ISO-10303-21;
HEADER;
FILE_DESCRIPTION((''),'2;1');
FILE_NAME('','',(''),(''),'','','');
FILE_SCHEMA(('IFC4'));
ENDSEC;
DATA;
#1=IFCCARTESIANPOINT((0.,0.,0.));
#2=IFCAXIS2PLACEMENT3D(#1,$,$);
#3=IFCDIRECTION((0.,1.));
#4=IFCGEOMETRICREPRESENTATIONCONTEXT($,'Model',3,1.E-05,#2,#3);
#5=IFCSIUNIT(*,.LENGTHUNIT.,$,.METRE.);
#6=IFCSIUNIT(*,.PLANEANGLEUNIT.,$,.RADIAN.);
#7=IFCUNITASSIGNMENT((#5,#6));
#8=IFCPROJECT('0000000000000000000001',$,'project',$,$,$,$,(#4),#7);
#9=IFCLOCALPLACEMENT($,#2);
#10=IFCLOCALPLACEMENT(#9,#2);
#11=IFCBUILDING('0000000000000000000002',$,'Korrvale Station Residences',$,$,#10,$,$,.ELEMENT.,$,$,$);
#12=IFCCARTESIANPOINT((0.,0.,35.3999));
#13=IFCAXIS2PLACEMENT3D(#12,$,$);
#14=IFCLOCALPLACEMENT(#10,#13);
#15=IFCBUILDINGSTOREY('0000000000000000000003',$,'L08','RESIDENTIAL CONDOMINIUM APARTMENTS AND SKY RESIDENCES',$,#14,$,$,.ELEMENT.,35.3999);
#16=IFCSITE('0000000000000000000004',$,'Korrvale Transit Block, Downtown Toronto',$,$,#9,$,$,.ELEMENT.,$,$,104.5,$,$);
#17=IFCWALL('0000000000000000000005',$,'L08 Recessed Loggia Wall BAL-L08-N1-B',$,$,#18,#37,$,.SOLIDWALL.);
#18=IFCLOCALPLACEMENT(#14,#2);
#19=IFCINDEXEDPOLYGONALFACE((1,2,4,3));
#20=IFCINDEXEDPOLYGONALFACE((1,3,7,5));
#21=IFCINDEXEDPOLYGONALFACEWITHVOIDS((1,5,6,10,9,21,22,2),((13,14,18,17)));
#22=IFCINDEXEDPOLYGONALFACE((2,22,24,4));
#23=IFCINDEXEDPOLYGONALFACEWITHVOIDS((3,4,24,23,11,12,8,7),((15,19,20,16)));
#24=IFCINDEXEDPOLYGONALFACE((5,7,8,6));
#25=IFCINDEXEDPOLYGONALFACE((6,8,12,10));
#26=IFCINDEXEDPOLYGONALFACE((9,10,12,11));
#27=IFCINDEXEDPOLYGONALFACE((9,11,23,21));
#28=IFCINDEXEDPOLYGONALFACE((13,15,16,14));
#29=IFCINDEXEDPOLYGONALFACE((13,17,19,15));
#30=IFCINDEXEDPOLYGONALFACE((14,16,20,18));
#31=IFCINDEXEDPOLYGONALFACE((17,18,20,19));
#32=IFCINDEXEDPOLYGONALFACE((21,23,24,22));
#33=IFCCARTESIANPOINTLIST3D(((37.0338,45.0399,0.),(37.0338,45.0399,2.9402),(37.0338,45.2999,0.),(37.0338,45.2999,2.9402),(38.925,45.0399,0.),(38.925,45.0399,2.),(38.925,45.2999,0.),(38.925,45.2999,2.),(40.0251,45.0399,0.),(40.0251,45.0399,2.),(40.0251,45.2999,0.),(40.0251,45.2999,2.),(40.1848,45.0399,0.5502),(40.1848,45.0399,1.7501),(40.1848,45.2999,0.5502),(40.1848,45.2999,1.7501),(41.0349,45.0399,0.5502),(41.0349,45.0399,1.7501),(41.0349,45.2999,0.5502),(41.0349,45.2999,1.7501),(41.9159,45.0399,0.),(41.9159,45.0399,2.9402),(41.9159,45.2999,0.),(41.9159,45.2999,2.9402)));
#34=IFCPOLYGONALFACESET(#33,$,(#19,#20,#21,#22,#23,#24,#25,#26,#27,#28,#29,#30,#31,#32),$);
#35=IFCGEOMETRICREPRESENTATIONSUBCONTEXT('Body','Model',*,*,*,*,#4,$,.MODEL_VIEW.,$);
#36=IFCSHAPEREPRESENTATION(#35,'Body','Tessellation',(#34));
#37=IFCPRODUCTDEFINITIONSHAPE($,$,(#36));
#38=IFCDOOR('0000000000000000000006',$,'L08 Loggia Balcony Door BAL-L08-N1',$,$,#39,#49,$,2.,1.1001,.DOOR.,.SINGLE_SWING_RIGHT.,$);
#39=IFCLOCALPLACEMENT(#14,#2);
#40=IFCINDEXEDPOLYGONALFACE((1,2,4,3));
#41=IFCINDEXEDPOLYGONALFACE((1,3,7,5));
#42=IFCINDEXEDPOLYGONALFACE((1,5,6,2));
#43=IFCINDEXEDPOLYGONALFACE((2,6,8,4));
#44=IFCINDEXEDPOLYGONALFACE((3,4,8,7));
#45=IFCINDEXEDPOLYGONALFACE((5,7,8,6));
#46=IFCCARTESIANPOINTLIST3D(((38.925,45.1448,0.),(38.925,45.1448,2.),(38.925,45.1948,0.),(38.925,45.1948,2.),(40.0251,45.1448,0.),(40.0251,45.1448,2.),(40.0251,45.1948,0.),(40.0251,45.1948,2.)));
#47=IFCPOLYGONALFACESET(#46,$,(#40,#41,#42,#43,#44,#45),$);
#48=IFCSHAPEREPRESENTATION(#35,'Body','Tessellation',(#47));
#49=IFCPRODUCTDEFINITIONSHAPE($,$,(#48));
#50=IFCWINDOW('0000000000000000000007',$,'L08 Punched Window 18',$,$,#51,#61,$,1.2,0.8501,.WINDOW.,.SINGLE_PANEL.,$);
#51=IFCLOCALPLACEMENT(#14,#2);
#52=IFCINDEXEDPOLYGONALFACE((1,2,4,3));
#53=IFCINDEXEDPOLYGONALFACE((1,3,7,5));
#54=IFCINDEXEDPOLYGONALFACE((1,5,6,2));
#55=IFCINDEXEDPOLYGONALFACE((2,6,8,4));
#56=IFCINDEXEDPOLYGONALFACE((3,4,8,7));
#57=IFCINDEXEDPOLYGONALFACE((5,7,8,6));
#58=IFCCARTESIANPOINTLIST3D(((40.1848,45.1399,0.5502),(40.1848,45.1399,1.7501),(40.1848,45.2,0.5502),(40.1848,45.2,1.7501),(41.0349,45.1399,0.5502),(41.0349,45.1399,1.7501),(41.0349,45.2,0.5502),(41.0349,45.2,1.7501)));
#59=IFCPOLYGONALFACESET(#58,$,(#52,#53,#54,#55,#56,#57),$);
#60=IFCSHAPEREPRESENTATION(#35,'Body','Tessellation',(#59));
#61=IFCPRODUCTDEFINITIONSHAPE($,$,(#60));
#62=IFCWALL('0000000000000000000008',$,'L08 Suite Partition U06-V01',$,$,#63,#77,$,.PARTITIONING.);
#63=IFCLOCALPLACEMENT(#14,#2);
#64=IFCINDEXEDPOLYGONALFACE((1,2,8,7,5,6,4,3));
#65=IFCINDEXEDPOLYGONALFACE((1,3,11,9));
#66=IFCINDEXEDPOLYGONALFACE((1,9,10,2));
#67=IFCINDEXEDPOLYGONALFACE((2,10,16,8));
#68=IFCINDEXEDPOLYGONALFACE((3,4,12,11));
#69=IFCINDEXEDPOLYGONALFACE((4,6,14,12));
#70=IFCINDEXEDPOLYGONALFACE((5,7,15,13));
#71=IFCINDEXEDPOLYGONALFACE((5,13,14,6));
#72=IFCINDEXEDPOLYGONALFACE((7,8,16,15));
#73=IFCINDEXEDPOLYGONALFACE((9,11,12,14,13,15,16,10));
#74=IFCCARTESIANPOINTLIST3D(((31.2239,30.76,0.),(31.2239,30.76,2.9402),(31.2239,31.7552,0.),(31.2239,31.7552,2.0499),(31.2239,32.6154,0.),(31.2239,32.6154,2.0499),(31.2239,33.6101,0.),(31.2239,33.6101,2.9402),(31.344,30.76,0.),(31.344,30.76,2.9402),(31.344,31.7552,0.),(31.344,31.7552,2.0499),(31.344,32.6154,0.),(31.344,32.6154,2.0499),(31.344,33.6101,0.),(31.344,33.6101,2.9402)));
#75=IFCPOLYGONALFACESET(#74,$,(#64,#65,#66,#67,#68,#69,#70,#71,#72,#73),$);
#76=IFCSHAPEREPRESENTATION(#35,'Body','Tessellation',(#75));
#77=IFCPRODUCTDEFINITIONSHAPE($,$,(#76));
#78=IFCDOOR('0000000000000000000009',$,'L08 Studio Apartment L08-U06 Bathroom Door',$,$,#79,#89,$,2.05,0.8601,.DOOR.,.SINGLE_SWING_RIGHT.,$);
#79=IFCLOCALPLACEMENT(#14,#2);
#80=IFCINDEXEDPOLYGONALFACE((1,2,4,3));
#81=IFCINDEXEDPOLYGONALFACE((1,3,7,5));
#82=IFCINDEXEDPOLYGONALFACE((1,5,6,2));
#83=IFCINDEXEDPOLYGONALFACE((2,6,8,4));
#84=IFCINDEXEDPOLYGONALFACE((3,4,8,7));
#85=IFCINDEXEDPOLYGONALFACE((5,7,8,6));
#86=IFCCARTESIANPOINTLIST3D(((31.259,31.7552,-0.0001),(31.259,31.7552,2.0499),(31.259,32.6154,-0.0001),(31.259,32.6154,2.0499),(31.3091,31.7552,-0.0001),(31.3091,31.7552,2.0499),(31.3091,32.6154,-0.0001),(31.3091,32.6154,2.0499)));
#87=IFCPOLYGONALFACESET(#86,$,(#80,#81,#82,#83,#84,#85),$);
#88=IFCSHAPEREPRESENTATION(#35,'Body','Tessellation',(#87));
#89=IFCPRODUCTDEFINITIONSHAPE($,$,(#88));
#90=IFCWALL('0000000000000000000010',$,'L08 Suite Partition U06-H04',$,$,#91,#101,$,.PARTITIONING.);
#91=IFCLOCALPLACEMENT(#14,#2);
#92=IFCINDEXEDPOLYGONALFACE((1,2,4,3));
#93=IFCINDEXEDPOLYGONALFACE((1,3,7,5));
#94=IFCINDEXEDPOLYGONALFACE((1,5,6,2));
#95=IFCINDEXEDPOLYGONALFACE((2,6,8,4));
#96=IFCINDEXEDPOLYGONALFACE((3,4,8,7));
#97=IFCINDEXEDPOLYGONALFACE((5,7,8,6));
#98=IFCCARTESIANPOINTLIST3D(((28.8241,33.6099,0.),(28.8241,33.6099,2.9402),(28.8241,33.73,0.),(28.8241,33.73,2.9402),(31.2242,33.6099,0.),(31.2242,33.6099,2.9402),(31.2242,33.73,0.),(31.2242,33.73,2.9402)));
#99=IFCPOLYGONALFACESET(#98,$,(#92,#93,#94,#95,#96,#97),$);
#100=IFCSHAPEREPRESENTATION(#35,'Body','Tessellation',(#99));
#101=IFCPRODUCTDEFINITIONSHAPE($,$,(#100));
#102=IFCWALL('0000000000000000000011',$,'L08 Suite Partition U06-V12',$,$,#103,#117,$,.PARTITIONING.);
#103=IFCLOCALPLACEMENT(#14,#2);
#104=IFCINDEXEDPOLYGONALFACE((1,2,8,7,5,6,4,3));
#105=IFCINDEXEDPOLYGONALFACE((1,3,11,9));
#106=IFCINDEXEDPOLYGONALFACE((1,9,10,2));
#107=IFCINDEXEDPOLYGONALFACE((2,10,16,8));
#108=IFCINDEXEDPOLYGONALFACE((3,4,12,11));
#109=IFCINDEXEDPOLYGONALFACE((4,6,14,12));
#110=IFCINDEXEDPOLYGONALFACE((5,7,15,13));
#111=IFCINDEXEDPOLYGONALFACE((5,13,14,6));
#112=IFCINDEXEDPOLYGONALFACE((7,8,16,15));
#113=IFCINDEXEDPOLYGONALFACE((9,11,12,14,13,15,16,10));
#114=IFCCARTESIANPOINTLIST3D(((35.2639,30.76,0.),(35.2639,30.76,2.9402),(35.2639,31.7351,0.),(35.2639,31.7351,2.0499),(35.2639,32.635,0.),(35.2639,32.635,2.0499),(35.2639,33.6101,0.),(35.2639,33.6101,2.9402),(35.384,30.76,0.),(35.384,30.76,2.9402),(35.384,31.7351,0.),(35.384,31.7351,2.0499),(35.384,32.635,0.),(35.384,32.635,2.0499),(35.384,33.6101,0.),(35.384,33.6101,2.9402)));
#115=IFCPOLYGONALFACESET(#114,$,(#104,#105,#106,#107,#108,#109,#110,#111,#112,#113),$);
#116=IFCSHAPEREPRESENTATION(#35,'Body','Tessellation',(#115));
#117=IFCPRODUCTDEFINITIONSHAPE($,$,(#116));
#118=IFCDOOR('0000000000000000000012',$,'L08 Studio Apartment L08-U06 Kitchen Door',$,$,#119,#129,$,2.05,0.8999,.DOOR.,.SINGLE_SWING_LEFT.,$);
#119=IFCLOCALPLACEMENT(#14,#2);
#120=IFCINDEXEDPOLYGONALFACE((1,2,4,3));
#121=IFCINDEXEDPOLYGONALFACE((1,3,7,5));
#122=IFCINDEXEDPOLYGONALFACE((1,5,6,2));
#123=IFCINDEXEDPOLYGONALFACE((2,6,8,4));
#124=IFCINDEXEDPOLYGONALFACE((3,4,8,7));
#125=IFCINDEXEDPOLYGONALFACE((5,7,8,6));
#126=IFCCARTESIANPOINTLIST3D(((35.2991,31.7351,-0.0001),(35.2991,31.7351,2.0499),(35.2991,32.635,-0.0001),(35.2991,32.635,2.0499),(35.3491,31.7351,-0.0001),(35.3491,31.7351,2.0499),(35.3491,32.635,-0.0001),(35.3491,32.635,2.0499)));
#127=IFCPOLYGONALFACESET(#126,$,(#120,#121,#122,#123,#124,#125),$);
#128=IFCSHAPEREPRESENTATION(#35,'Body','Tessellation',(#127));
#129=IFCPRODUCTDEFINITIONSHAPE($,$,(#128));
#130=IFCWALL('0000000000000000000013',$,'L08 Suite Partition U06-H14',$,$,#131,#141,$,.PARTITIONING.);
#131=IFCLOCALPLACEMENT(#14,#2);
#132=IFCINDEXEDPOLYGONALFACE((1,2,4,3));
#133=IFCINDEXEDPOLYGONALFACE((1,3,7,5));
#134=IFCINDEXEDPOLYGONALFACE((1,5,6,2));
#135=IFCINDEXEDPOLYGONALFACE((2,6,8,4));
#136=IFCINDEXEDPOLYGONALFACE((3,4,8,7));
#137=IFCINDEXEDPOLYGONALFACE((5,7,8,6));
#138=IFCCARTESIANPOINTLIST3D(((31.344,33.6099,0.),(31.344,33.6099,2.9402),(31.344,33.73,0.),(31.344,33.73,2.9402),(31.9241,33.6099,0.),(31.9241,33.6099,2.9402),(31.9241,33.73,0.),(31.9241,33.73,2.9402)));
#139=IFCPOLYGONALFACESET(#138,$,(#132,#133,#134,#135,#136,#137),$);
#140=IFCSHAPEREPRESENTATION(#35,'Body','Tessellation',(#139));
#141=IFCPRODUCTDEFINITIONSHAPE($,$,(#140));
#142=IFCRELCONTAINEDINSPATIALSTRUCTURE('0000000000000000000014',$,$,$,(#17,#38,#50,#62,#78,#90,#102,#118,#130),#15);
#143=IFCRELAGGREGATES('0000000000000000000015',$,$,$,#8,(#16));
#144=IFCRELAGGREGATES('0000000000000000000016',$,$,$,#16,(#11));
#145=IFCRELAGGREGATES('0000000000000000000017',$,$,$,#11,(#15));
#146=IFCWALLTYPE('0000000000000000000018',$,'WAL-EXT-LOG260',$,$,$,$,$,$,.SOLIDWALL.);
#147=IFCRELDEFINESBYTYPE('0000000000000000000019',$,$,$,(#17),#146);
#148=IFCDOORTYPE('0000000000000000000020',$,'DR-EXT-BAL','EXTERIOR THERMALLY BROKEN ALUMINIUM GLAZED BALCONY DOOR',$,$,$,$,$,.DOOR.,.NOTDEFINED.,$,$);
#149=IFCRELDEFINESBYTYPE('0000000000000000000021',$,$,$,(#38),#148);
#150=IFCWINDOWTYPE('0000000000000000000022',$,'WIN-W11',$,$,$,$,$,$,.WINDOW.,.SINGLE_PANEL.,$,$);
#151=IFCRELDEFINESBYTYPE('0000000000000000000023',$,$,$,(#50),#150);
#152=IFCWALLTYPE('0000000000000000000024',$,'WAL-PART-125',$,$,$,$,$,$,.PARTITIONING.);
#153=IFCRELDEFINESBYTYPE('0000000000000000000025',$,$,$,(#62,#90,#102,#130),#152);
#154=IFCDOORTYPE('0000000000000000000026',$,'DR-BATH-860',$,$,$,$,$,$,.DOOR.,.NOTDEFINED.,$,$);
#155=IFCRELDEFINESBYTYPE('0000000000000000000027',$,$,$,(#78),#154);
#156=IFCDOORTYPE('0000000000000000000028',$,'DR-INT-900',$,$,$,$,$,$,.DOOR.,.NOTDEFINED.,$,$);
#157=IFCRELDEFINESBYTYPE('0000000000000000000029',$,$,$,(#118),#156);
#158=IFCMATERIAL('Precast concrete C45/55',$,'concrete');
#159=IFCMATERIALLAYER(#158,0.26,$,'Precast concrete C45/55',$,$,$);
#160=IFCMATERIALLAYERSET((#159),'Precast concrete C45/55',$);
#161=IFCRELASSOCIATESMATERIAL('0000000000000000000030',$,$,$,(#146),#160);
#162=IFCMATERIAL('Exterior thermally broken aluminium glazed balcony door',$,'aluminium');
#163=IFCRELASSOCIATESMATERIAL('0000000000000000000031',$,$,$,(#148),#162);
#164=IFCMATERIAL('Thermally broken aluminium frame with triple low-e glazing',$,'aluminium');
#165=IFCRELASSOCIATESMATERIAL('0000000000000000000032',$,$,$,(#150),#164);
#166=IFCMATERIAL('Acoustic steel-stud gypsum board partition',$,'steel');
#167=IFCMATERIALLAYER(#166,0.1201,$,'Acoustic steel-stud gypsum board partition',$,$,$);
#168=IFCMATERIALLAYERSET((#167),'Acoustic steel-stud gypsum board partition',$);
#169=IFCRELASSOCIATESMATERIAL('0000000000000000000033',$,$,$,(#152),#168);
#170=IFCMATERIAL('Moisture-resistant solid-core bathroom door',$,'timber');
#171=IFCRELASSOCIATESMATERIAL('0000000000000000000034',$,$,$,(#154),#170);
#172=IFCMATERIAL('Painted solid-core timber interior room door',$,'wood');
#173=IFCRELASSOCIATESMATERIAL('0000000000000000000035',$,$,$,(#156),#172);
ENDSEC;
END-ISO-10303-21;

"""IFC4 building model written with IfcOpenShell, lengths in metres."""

from ifc_helpers import new_model, si_unit, direction, frame, frame_2d, origin, place, context, subcontext, project, spatial, rectangle, extrude, material, layer, layer_set, type_object, element, fill, save


model = new_model("IFC4")

# Units and contexts
model_context = context("Model", 3, precision=1e-05, world=origin(), true_north=direction((0.0, 1.0)))
body_context = subcontext(model_context, "Body", "Model", "MODEL_VIEW")
ifc_project = project(units=[si_unit("LENGTHUNIT", "METRE"), si_unit("PLANEANGLEUNIT", "RADIAN")], contexts=[model_context])

# Site, building, storey
site_placement = place(None, origin())
site = spatial("IfcSite", under=ifc_project, at=site_placement, Name="Korrvale Transit Block, Downtown Toronto", CompositionType="ELEMENT", RefElevation=104.5)
building_placement = place(site_placement, origin())
building = spatial("IfcBuilding", under=site, at=building_placement, Name="Korrvale Station Residences", CompositionType="ELEMENT")
storey_placement = place(building_placement, frame((0.0, 0.0, 35.3999)))
storey = spatial("IfcBuildingStorey", under=building, at=storey_placement, Name="L08", Description="RESIDENTIAL CONDOMINIUM APARTMENTS AND SKY RESIDENCES", CompositionType="ELEMENT", Elevation=35.3999)

# Shared definitions
ifc_material_1 = material(Name="Precast concrete C45/55", Category="concrete")
ifc_layer_1 = layer(ifc_material_1, 0.26, Name="Precast concrete C45/55")
ifc_layer_set_1 = layer_set([ifc_layer_1], Name="Precast concrete C45/55")
wall_type_1 = type_object("IfcWallType", Name="WAL-EXT-LOG260", PredefinedType="SOLIDWALL", material=ifc_layer_set_1)

# Wall, openings, door, window
wall_1_placement = place(storey_placement, frame((37.0339, 45.1699, 0.0), z_axis=(0.0, 0.0, 1.0), x_axis=(1.0, 0.0, 0.0)))
wall_1 = element("IfcWall", 1, at=wall_1_placement, inside=storey, type_object=wall_type_1, Name="L08 Recessed Loggia Wall BAL-L08-N1-B", PredefinedType="SOLIDWALL", context=body_context, shape_type="SweptSolid", body=[
    extrude(rectangle(XDim=4.8821, YDim=0.26, at=frame_2d((2.4409, 0.0))), origin(), (0.0, 0.0, 1.0), 2.9402),
])
opening_1_placement = place(wall_1_placement, frame((1.8911, 0.0, 0.0)))
opening_1 = element("IfcOpeningElement", 2, at=opening_1_placement, cuts=wall_1, PredefinedType="OPENING", context=body_context, shape_type="SweptSolid", body=[
    extrude(rectangle(XDim=1.1001, YDim=2.0, at=frame_2d((0.55, 1.0))), frame((0.0, 0.1401, 0.0), z_axis=(0.0, -1.0, 0.0), x_axis=(1.0, 0.0, 0.0)), (0.0, 0.0, 1.0), 0.28),
])
opening_2_placement = place(wall_1_placement, frame((3.1509, 0.0, 0.55)))
opening_2 = element("IfcOpeningElement", 3, at=opening_2_placement, cuts=wall_1, PredefinedType="OPENING", context=body_context, shape_type="SweptSolid", body=[
    extrude(rectangle(XDim=0.8501, YDim=1.2, at=frame_2d((0.425, 0.6001))), frame((0.0, 0.1401, 0.0), z_axis=(0.0, -1.0, 0.0), x_axis=(1.0, 0.0, 0.0)), (0.0, 0.0, 1.0), 0.28),
])
ifc_material_2 = material(Name="Exterior thermally broken aluminium glazed balcony door", Category="aluminium")
door_type_1 = type_object("IfcDoorType", Name="DR-EXT-BAL", Description="EXTERIOR THERMALLY BROKEN ALUMINIUM GLAZED BALCONY DOOR", OperationType="NOTDEFINED", PredefinedType="DOOR", material=ifc_material_2)
door_1_placement = place(opening_1_placement, origin())
door_1 = element("IfcDoor", 4, at=door_1_placement, inside=storey, type_object=door_type_1, Name="L08 Loggia Balcony Door BAL-L08-N1", OperationType="SINGLE_SWING_RIGHT", OverallHeight=2.0, OverallWidth=1.1001, PredefinedType="DOOR", context=body_context, shape_type="SweptSolid", body=[
    extrude(rectangle(XDim=1.1001, YDim=2.0, at=frame_2d((0.55, 1.0))), frame((0.0, 0.0249, 0.0), z_axis=(0.0, -1.0, 0.0), x_axis=(1.0, 0.0, 0.0)), (0.0, 0.0, 1.0), 0.05),
])
fill(opening_1, door_1)
ifc_material_3 = material(Name="Thermally broken aluminium frame with triple low-e glazing", Category="aluminium")
window_type = type_object("IfcWindowType", Name="WIN-W11", PartitioningType="SINGLE_PANEL", PredefinedType="WINDOW", material=ifc_material_3)
window_placement = place(opening_2_placement, origin())
window = element("IfcWindow", 5, at=window_placement, inside=storey, type_object=window_type, Name="L08 Punched Window 18", OverallHeight=1.2, OverallWidth=0.8501, PartitioningType="SINGLE_PANEL", PredefinedType="WINDOW", context=body_context, shape_type="SweptSolid", body=[
    extrude(rectangle(XDim=0.8501, YDim=1.2, at=frame_2d((0.425, 0.6001))), frame((0.0, 0.03, 0.0), z_axis=(0.0, -1.0, 0.0), x_axis=(1.0, 0.0, 0.0)), (0.0, 0.0, 1.0), 0.0601),
])
fill(opening_2, window)

# Wall, opening, door
ifc_material_4 = material(Name="Acoustic steel-stud gypsum board partition", Category="steel")
ifc_layer_2 = layer(ifc_material_4, 0.1201, Name="Acoustic steel-stud gypsum board partition")
ifc_layer_set_2 = layer_set([ifc_layer_2], Name="Acoustic steel-stud gypsum board partition")
wall_type_2 = type_object("IfcWallType", Name="WAL-PART-125", PredefinedType="PARTITIONING", material=ifc_layer_set_2)
wall_2_placement = place(storey_placement, frame((31.2839, 30.76, 0.0), z_axis=(0.0, 0.0, 1.0), x_axis=(0.0, 1.0, 0.0)))
wall_2 = element("IfcWall", 6, at=wall_2_placement, inside=storey, type_object=wall_type_2, Name="L08 Suite Partition U06-V01", PredefinedType="PARTITIONING", context=body_context, shape_type="SweptSolid", body=[
    extrude(rectangle(XDim=2.8501, YDim=0.1201, at=frame_2d((1.425, 0.0))), origin(), (0.0, 0.0, 1.0), 2.9402),
])
opening_3_placement = place(wall_2_placement, frame((0.9951, 0.0, 0.0)))
opening_3 = element("IfcOpeningElement", 7, at=opening_3_placement, cuts=wall_2, PredefinedType="OPENING", context=body_context, shape_type="SweptSolid", body=[
    extrude(rectangle(XDim=0.8601, YDim=2.05, at=frame_2d((0.4302, 1.0249))), frame((0.0, 0.0701, 0.0), z_axis=(0.0, -1.0, 0.0), x_axis=(1.0, 0.0, 0.0)), (0.0, 0.0, 1.0), 0.1401),
])
ifc_material_5 = material(Name="Moisture-resistant solid-core bathroom door", Category="timber")
door_type_2 = type_object("IfcDoorType", Name="DR-BATH-860", OperationType="NOTDEFINED", PredefinedType="DOOR", material=ifc_material_5)
door_2_placement = place(opening_3_placement, origin())
door_2 = element("IfcDoor", 8, at=door_2_placement, inside=storey, type_object=door_type_2, Name="L08 Studio Apartment L08-U06 Bathroom Door", OperationType="SINGLE_SWING_RIGHT", OverallHeight=2.05, OverallWidth=0.8601, PredefinedType="DOOR", context=body_context, shape_type="SweptSolid", body=[
    extrude(rectangle(XDim=0.8601, YDim=2.05, at=frame_2d((0.4302, 1.0249))), frame((0.0, 0.0249, 0.0), z_axis=(0.0, -1.0, 0.0), x_axis=(1.0, 0.0, 0.0)), (0.0, 0.0, 1.0), 0.05),
])
fill(opening_3, door_2)

# Wall
wall_3_placement = place(storey_placement, frame((28.824, 33.6699, 0.0), z_axis=(0.0, 0.0, 1.0), x_axis=(1.0, 0.0, 0.0)))
element("IfcWall", 9, at=wall_3_placement, inside=storey, type_object=wall_type_2, Name="L08 Suite Partition U06-H04", PredefinedType="PARTITIONING", context=body_context, shape_type="SweptSolid", body=[
    extrude(rectangle(XDim=2.4001, YDim=0.1201, at=frame_2d((1.2002, 0.0))), origin(), (0.0, 0.0, 1.0), 2.9402),
])

# Wall, opening, door
wall_4_placement = place(storey_placement, frame((35.324, 30.76, 0.0), z_axis=(0.0, 0.0, 1.0), x_axis=(0.0, 1.0, 0.0)))
wall_4 = element("IfcWall", 10, at=wall_4_placement, inside=storey, type_object=wall_type_2, Name="L08 Suite Partition U06-V12", PredefinedType="PARTITIONING", context=body_context, shape_type="SweptSolid", body=[
    extrude(rectangle(XDim=2.8501, YDim=0.1201, at=frame_2d((1.425, 0.0))), origin(), (0.0, 0.0, 1.0), 2.9402),
])
opening_4_placement = place(wall_4_placement, frame((0.9751, 0.0, 0.0)))
opening_4 = element("IfcOpeningElement", 11, at=opening_4_placement, cuts=wall_4, PredefinedType="OPENING", context=body_context, shape_type="SweptSolid", body=[
    extrude(rectangle(XDim=0.8999, YDim=2.05, at=frame_2d((0.45, 1.0249))), frame((0.0, 0.0701, 0.0), z_axis=(0.0, -1.0, 0.0), x_axis=(1.0, 0.0, 0.0)), (0.0, 0.0, 1.0), 0.1401),
])
ifc_material_6 = material(Name="Painted solid-core timber interior room door", Category="wood")
door_type_3 = type_object("IfcDoorType", Name="DR-INT-900", OperationType="NOTDEFINED", PredefinedType="DOOR", material=ifc_material_6)
door_3_placement = place(opening_4_placement, origin())
door_3 = element("IfcDoor", 12, at=door_3_placement, inside=storey, type_object=door_type_3, Name="L08 Studio Apartment L08-U06 Kitchen Door", OperationType="SINGLE_SWING_LEFT", OverallHeight=2.05, OverallWidth=0.8999, PredefinedType="DOOR", context=body_context, shape_type="SweptSolid", body=[
    extrude(rectangle(XDim=0.8999, YDim=2.05, at=frame_2d((0.45, 1.0249))), frame((0.0, 0.0249, 0.0), z_axis=(0.0, -1.0, 0.0), x_axis=(1.0, 0.0, 0.0)), (0.0, 0.0, 1.0), 0.05),
])
fill(opening_4, door_3)

# Wall
wall_5_placement = place(storey_placement, frame((31.344, 33.6699, 0.0), z_axis=(0.0, 0.0, 1.0), x_axis=(1.0, 0.0, 0.0)))
element("IfcWall", 13, at=wall_5_placement, inside=storey, type_object=wall_type_2, Name="L08 Suite Partition U06-H14", PredefinedType="PARTITIONING", context=body_context, shape_type="SweptSolid", body=[
    extrude(rectangle(XDim=0.5801, YDim=0.1201, at=frame_2d((0.29, 0.0))), origin(), (0.0, 0.0, 1.0), 2.9402),
])

save(model, "model.ifc")
